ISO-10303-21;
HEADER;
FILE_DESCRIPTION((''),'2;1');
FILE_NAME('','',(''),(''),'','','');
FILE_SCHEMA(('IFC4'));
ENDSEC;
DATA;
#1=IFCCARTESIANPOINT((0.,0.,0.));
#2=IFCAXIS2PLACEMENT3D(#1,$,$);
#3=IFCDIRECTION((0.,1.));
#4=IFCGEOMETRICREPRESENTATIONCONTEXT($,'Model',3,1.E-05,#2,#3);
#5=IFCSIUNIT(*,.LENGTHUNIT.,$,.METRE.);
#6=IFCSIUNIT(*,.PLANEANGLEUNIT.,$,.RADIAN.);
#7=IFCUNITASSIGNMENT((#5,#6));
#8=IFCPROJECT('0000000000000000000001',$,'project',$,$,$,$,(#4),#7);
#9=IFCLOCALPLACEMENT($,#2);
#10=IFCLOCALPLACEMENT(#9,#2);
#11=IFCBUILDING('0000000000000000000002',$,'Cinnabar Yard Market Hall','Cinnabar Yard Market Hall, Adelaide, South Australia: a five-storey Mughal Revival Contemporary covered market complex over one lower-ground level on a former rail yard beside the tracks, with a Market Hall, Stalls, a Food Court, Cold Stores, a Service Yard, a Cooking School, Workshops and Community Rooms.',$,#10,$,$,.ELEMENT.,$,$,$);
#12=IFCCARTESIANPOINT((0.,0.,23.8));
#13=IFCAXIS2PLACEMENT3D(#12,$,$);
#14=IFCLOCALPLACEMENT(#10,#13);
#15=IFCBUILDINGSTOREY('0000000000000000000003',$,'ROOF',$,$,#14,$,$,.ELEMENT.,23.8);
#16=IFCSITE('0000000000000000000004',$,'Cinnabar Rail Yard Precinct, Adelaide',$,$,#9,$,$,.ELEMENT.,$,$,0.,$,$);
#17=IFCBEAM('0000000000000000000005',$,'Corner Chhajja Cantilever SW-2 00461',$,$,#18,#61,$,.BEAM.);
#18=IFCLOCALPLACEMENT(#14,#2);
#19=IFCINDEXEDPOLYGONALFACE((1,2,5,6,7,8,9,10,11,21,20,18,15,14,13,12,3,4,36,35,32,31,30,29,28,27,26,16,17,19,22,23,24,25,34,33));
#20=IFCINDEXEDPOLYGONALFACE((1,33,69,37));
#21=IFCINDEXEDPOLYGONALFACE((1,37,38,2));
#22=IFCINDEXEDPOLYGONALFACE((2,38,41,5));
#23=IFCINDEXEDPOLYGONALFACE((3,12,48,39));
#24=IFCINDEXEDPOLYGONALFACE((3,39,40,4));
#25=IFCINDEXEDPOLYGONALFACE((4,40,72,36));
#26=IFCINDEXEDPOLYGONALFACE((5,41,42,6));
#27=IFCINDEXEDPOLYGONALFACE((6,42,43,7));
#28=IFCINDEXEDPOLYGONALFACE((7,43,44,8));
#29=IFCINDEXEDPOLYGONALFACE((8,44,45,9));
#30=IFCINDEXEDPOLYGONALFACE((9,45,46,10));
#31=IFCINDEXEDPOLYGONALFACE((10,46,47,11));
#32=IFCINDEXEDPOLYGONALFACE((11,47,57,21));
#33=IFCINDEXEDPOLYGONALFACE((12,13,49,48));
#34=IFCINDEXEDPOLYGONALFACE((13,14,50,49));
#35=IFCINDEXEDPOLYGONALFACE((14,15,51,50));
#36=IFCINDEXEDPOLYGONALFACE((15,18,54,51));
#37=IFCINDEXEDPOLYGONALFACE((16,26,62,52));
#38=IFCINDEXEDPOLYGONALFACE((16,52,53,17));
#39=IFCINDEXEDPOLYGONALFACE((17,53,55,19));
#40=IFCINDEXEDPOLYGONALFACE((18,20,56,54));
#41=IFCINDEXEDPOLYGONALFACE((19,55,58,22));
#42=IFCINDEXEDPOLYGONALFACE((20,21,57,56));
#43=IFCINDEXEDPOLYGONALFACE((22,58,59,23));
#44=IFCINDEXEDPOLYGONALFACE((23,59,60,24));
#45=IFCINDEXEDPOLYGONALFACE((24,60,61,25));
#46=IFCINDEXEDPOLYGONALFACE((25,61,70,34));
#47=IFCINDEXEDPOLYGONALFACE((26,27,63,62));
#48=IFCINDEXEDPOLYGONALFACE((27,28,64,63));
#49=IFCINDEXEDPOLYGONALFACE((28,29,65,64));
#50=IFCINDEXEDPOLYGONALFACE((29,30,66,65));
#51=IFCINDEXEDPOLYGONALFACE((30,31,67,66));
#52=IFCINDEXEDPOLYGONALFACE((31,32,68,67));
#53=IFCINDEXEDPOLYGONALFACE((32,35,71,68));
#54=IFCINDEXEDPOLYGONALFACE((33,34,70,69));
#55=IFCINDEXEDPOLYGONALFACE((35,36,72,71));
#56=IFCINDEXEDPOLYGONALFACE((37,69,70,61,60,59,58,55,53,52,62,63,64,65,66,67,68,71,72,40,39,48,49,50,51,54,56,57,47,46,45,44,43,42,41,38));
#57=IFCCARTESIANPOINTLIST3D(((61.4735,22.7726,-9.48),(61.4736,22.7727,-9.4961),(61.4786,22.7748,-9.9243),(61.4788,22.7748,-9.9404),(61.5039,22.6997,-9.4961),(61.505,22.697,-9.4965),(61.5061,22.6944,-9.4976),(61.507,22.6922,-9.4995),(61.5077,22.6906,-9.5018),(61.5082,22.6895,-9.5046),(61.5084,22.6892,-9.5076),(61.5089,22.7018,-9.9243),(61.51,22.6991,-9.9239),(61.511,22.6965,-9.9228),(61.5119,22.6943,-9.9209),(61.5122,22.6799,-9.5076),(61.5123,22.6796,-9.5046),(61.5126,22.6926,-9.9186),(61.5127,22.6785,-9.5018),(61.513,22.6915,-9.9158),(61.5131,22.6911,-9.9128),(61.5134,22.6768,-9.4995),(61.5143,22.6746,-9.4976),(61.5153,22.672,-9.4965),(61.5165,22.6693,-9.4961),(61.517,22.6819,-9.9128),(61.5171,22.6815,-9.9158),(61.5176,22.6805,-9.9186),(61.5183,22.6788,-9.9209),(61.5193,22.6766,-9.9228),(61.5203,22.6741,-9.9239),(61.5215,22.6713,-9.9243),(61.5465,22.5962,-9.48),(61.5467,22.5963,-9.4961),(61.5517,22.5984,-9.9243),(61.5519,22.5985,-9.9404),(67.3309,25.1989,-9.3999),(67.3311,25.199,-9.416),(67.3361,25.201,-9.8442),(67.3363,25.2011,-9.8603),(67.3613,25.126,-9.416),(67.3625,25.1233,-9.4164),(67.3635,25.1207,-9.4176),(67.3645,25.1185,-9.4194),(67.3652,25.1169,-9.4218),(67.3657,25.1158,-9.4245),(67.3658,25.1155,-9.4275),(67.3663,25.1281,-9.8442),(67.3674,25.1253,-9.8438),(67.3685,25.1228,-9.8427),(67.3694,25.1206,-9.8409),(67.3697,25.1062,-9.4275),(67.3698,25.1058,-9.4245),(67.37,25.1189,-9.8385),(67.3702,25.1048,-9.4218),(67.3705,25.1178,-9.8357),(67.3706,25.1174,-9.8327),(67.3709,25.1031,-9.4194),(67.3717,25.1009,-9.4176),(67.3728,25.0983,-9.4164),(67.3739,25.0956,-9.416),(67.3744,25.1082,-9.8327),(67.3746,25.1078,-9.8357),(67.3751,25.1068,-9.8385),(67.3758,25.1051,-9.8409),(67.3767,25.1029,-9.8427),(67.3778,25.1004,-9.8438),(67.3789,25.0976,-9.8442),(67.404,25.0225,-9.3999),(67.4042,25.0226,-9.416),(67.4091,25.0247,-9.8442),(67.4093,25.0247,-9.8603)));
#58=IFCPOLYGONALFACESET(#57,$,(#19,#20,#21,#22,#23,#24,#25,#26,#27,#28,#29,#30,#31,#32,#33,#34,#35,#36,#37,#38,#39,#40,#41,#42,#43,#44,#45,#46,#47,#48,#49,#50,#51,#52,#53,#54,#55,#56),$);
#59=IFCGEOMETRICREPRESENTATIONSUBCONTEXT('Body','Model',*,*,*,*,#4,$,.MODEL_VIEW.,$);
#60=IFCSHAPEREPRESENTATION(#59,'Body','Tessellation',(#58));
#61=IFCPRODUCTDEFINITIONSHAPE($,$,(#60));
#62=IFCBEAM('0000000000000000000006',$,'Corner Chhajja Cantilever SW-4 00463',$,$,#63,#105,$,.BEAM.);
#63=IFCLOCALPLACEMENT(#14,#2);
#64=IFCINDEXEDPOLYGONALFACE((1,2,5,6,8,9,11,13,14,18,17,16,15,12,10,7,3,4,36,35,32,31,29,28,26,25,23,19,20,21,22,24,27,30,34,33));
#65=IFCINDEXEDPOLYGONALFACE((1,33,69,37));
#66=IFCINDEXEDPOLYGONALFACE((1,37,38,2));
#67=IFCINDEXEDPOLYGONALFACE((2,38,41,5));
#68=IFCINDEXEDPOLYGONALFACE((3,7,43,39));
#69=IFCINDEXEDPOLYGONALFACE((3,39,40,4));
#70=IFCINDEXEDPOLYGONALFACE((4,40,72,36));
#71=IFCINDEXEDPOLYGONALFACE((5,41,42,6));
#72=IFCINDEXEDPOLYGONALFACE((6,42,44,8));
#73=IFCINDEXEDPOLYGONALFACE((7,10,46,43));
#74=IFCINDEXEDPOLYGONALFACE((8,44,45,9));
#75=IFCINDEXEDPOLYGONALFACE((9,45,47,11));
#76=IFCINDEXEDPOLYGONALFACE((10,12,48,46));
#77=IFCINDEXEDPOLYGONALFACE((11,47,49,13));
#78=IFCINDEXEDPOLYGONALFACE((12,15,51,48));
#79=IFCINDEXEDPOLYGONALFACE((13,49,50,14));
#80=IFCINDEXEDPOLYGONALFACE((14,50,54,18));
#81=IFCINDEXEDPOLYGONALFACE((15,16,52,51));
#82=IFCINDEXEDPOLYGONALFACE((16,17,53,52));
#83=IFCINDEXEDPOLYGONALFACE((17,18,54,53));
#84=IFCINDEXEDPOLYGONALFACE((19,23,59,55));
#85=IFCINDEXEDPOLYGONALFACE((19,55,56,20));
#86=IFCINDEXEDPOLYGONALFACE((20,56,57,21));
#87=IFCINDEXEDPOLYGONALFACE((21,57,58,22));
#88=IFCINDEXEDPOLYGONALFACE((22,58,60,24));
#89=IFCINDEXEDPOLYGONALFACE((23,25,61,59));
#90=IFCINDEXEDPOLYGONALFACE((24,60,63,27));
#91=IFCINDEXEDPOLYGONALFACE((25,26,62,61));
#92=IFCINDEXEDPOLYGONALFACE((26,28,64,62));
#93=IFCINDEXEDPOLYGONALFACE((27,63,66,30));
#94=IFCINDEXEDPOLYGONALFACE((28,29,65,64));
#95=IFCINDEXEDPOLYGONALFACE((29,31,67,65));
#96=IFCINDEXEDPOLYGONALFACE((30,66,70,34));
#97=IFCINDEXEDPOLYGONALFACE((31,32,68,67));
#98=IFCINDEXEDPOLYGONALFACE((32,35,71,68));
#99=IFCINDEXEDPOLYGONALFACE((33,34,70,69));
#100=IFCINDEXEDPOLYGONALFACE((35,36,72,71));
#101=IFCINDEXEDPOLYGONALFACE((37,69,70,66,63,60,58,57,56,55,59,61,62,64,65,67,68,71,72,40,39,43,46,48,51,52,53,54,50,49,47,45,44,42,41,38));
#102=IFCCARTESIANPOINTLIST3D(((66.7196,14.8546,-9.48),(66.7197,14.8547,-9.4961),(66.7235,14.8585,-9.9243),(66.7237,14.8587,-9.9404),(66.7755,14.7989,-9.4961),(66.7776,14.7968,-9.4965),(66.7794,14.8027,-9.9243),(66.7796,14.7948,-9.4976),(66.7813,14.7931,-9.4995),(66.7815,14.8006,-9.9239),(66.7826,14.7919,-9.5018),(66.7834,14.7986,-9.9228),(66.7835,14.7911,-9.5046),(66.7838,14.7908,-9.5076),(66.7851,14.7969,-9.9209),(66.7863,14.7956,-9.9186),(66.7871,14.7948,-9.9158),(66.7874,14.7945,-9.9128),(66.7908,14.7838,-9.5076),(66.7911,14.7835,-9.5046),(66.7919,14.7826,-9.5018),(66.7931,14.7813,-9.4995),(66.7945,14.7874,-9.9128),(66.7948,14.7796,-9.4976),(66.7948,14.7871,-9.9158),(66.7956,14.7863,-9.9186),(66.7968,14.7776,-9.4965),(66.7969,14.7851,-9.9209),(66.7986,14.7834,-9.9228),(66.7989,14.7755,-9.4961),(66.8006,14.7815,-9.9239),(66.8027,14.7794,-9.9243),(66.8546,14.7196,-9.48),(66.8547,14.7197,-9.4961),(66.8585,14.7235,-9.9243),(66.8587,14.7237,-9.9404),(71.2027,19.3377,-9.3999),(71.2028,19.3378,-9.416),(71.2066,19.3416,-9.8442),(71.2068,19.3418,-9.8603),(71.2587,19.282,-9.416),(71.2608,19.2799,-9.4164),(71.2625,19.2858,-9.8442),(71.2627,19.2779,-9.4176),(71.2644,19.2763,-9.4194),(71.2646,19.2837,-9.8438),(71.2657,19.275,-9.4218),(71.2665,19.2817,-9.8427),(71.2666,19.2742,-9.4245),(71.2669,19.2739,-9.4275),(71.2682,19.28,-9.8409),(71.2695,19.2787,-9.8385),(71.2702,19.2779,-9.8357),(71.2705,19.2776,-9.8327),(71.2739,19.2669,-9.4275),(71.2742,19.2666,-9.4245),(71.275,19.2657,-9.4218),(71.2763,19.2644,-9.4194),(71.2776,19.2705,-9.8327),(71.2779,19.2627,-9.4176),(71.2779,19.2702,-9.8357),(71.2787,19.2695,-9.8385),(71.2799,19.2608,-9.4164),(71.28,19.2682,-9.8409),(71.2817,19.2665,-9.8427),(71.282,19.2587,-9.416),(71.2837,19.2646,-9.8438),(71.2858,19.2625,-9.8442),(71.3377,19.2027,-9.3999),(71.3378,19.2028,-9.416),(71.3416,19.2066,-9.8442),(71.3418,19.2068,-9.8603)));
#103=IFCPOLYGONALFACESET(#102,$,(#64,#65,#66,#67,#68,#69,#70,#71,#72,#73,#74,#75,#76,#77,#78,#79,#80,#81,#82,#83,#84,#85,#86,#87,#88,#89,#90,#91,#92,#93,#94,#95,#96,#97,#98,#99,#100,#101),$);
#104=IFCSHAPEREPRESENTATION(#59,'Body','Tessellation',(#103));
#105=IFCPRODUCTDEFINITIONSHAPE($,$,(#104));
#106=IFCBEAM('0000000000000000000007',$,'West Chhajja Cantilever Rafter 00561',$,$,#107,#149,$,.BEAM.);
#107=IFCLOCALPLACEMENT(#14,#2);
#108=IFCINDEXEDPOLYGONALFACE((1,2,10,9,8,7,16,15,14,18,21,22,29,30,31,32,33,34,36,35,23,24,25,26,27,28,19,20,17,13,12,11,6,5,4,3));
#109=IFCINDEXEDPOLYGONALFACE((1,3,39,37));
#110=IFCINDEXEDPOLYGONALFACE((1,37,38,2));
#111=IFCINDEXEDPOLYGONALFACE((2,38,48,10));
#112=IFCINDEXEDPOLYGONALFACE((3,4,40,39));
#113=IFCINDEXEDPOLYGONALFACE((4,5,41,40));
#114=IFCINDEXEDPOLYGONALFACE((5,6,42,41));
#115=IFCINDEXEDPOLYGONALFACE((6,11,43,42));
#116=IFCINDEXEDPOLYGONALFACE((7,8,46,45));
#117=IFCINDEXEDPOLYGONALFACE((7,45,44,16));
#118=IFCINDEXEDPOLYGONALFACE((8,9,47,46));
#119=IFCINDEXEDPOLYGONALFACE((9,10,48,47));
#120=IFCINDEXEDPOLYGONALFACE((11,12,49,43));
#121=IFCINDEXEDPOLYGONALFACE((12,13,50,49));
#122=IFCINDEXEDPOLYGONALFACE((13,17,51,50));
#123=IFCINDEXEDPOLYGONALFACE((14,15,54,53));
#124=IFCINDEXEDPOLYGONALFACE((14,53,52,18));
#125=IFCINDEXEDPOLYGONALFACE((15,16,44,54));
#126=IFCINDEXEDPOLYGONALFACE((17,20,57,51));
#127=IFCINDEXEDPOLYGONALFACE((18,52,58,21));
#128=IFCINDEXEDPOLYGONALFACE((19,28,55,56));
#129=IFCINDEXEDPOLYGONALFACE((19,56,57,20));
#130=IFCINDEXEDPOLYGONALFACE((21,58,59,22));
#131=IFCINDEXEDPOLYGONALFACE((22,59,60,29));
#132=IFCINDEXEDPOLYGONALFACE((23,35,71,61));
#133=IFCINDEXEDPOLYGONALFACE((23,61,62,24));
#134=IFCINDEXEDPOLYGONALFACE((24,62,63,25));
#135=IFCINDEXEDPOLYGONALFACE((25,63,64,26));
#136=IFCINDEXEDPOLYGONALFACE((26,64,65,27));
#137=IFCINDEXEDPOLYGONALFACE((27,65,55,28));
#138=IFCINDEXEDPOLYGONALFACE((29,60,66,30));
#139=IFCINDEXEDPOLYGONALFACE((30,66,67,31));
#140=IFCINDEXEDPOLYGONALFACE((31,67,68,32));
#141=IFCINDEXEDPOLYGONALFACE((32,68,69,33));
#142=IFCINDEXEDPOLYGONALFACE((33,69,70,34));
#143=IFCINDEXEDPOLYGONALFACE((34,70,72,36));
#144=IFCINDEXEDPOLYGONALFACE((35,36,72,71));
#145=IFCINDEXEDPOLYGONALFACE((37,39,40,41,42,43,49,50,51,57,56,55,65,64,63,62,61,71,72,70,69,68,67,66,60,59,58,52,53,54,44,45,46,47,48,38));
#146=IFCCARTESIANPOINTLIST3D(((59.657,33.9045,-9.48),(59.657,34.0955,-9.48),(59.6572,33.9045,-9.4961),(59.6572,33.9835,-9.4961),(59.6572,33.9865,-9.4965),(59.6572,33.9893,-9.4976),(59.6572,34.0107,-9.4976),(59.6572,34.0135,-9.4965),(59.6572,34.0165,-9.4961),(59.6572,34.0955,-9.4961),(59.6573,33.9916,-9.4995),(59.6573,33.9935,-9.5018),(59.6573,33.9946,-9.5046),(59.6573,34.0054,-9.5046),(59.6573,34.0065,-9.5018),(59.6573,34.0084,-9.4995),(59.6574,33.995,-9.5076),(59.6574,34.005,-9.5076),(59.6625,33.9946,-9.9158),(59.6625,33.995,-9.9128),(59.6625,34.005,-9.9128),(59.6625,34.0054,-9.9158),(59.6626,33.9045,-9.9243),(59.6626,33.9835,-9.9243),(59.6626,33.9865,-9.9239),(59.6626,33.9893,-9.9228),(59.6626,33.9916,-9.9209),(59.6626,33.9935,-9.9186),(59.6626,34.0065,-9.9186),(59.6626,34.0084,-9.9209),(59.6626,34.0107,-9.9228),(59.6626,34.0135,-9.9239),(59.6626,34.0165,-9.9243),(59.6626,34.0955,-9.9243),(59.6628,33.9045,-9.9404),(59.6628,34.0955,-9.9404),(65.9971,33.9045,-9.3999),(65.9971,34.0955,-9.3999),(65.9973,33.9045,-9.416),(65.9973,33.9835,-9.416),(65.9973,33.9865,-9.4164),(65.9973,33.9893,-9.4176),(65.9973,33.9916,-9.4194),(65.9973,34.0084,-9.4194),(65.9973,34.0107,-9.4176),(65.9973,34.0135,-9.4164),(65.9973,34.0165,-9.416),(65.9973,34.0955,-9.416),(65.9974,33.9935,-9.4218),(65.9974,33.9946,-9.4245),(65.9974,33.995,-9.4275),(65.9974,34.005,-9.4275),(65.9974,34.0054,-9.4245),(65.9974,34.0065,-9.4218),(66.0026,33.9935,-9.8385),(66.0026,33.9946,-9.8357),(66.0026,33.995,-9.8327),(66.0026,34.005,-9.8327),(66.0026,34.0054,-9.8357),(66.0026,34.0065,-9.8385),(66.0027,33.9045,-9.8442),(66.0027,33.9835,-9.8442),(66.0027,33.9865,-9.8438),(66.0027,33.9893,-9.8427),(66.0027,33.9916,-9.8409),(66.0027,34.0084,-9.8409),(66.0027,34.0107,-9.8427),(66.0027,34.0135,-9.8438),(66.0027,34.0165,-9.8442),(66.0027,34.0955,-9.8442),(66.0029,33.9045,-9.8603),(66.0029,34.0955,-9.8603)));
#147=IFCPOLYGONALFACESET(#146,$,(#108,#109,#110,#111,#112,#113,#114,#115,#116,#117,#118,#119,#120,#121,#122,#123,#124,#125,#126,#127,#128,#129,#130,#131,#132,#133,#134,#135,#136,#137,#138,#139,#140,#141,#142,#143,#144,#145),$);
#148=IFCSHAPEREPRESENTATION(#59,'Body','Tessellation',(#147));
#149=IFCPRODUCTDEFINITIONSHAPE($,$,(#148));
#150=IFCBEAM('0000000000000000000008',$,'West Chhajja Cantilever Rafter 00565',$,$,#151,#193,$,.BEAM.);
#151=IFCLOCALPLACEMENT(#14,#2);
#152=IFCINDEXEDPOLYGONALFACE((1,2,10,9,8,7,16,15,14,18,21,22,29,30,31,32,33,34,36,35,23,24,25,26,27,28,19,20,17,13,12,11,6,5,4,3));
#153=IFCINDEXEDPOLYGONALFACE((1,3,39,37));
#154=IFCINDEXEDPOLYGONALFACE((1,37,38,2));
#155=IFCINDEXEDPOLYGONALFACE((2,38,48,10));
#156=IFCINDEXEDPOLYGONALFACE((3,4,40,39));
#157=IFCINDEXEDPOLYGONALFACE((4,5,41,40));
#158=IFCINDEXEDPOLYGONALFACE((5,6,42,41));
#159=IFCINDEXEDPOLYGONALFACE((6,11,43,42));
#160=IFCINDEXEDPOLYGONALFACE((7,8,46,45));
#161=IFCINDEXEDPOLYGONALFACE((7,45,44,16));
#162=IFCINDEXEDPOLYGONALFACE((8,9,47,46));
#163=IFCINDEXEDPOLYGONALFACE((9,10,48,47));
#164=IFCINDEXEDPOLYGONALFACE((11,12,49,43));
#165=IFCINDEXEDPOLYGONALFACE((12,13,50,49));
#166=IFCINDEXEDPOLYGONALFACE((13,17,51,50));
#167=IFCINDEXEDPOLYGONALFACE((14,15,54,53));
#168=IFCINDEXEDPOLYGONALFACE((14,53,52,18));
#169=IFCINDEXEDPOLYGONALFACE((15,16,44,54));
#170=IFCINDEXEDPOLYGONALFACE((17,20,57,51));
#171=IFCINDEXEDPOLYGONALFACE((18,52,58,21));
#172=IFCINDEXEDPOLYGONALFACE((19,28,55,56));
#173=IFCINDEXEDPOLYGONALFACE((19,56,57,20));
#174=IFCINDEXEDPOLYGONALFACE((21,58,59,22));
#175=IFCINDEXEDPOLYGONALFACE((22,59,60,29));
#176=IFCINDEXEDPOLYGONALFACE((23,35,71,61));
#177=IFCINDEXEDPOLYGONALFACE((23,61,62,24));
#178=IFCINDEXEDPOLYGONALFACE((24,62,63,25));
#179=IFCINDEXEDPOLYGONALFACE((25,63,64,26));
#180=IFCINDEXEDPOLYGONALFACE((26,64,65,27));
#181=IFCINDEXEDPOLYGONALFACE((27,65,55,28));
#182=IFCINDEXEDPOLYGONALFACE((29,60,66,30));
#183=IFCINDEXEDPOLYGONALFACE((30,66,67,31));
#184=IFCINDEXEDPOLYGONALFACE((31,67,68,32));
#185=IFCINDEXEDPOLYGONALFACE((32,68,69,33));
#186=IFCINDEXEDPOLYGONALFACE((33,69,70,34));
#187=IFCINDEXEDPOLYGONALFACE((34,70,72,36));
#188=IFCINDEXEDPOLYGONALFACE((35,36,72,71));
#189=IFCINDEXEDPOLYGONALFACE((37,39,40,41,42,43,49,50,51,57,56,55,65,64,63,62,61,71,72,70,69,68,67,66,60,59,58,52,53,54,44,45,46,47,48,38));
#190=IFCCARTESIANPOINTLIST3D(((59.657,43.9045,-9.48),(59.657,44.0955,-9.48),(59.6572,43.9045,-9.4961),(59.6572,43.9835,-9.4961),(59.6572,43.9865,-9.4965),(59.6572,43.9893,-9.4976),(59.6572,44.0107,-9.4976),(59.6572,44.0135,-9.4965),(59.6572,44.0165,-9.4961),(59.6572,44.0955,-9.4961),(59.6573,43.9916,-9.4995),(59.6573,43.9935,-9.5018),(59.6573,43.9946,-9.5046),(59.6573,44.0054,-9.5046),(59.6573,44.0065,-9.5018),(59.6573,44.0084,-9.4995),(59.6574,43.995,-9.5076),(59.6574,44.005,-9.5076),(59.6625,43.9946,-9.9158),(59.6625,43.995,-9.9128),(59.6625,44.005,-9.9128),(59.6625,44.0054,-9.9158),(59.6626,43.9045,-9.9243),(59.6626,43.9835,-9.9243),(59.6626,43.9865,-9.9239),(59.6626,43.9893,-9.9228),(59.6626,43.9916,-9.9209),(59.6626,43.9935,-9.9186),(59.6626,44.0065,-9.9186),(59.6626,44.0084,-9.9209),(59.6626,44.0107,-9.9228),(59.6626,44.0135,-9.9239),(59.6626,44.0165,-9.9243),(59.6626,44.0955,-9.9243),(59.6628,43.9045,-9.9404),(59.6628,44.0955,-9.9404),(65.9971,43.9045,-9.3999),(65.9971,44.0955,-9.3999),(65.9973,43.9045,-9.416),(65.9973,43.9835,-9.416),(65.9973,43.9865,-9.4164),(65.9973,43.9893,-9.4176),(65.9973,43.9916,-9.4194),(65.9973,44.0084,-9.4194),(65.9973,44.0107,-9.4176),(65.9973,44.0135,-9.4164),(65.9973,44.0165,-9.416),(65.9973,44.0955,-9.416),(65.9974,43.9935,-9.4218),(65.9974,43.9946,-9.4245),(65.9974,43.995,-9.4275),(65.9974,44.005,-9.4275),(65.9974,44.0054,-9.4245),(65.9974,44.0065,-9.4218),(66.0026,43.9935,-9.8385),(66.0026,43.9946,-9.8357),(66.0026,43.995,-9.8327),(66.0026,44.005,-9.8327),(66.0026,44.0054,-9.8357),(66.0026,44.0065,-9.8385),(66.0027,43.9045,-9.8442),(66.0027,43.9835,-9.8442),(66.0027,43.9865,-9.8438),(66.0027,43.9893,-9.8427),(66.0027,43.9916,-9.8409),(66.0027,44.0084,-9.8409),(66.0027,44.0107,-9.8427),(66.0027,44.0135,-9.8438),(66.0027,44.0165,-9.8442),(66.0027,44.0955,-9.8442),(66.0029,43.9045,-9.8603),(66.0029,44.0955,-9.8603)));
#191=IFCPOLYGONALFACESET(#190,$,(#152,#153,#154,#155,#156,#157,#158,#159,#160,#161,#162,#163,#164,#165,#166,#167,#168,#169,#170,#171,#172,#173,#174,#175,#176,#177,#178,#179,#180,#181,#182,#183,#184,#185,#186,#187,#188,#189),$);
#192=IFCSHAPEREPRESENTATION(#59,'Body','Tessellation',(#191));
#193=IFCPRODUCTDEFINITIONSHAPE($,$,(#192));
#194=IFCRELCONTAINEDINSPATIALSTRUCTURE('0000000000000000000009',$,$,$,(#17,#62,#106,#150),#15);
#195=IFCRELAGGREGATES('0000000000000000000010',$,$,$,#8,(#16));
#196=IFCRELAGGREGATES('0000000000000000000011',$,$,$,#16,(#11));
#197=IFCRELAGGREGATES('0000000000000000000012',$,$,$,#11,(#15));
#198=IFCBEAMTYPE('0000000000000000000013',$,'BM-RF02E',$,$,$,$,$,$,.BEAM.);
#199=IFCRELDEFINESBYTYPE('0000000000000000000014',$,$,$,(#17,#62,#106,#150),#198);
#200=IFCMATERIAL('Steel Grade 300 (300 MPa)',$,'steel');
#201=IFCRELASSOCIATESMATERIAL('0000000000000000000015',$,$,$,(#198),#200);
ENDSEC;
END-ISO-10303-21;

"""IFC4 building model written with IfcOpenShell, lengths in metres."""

from ifc_helpers import new_model, si_unit, direction, frame, origin, origin_2d_with_axis, place, context, subcontext, project, spatial, i_section, extrude, material, material_profile, profile_set, type_object, element, save


model = new_model("IFC4")

# Units and contexts
model_context = context("Model", 3, precision=1e-05, world=origin(), true_north=direction((0.0, 1.0)))
body_context = subcontext(model_context, "Body", "Model", "MODEL_VIEW")
ifc_project = project(units=[si_unit("LENGTHUNIT", "METRE"), si_unit("PLANEANGLEUNIT", "RADIAN")], contexts=[model_context])

# Site, building, storey
site_placement = place(None, origin())
site = spatial("IfcSite", under=ifc_project, at=site_placement, Name="Cinnabar Rail Yard Precinct, Adelaide", CompositionType="ELEMENT", RefElevation=0.0)
building_placement = place(site_placement, origin())
building = spatial("IfcBuilding", under=site, at=building_placement, Name="Cinnabar Yard Market Hall", Description="Cinnabar Yard Market Hall, Adelaide, South Australia: a five-storey Mughal Revival Contemporary covered market complex over one lower-ground level on a former rail yard beside the tracks, with a Market Hall, Stalls, a Food Court, Cold Stores, a Service Yard, a Cooking School, Workshops and Community Rooms.", CompositionType="ELEMENT")
storey_placement = place(building_placement, frame((0.0, 0.0, 23.8)))
storey = spatial("IfcBuildingStorey", under=building, at=storey_placement, Name="ROOF", CompositionType="ELEMENT", Elevation=23.8)

# Beams
ifc_material_1 = material(Name="Steel Grade 300 (300 MPa)", Category="steel")
ifc_material_profile_1 = material_profile(ifc_material_1, i_section(OverallWidth=0.1909, OverallDepth=0.4604, WebThickness=0.01, FlangeThickness=0.0161, FilletRadius=0.0115, at=origin_2d_with_axis()), Name="460UB82.1")
ifc_profile_set_1 = profile_set([ifc_material_profile_1], Name="Steel Grade 300 (300 MPa)")
beam_type_1 = type_object("IfcBeamType", Name="BM-RF02E", PredefinedType="BEAM", material=ifc_profile_set_1)
for number, where, z_axis, x_axis, name in (
    (1, (67.3701, 25.1118, -9.6301), (-0.923803, -0.382659, -0.01263), (0.38269, -0.923877, 0.0), "Corner Chhajja Cantilever SW-2 00461"),
    (2, (71.2722, 19.2722, -9.6301), (-0.70705, -0.70705, -0.012629), (0.707107, -0.707107, 0.0), "Corner Chhajja Cantilever SW-4 00463"),
    (3, (66.0, 34.0, -9.6301), (-0.99992, 0.0, -0.012629), (0.0, -1.0, 0.0), "West Chhajja Cantilever Rafter 00561"),
    (4, (66.0, 44.0, -9.6301), (-0.99992, 0.0, -0.012629), (0.0, -1.0, 0.0), "West Chhajja Cantilever Rafter 00565"),
):
    element("IfcBeam", number, at=place(storey_placement, frame(where, z_axis=z_axis, x_axis=x_axis)), inside=storey, type_object=beam_type_1, Name=name, PredefinedType="BEAM", context=body_context, shape_type="SweptSolid", body=[
        extrude(i_section(OverallWidth=0.1909, OverallDepth=0.4604, WebThickness=0.01, FlangeThickness=0.0161, FilletRadius=0.0115, at=origin_2d_with_axis()), origin(), (0.0, 0.0, 1.0), 6.3406),
    ])

save(model, "model.ifc")
